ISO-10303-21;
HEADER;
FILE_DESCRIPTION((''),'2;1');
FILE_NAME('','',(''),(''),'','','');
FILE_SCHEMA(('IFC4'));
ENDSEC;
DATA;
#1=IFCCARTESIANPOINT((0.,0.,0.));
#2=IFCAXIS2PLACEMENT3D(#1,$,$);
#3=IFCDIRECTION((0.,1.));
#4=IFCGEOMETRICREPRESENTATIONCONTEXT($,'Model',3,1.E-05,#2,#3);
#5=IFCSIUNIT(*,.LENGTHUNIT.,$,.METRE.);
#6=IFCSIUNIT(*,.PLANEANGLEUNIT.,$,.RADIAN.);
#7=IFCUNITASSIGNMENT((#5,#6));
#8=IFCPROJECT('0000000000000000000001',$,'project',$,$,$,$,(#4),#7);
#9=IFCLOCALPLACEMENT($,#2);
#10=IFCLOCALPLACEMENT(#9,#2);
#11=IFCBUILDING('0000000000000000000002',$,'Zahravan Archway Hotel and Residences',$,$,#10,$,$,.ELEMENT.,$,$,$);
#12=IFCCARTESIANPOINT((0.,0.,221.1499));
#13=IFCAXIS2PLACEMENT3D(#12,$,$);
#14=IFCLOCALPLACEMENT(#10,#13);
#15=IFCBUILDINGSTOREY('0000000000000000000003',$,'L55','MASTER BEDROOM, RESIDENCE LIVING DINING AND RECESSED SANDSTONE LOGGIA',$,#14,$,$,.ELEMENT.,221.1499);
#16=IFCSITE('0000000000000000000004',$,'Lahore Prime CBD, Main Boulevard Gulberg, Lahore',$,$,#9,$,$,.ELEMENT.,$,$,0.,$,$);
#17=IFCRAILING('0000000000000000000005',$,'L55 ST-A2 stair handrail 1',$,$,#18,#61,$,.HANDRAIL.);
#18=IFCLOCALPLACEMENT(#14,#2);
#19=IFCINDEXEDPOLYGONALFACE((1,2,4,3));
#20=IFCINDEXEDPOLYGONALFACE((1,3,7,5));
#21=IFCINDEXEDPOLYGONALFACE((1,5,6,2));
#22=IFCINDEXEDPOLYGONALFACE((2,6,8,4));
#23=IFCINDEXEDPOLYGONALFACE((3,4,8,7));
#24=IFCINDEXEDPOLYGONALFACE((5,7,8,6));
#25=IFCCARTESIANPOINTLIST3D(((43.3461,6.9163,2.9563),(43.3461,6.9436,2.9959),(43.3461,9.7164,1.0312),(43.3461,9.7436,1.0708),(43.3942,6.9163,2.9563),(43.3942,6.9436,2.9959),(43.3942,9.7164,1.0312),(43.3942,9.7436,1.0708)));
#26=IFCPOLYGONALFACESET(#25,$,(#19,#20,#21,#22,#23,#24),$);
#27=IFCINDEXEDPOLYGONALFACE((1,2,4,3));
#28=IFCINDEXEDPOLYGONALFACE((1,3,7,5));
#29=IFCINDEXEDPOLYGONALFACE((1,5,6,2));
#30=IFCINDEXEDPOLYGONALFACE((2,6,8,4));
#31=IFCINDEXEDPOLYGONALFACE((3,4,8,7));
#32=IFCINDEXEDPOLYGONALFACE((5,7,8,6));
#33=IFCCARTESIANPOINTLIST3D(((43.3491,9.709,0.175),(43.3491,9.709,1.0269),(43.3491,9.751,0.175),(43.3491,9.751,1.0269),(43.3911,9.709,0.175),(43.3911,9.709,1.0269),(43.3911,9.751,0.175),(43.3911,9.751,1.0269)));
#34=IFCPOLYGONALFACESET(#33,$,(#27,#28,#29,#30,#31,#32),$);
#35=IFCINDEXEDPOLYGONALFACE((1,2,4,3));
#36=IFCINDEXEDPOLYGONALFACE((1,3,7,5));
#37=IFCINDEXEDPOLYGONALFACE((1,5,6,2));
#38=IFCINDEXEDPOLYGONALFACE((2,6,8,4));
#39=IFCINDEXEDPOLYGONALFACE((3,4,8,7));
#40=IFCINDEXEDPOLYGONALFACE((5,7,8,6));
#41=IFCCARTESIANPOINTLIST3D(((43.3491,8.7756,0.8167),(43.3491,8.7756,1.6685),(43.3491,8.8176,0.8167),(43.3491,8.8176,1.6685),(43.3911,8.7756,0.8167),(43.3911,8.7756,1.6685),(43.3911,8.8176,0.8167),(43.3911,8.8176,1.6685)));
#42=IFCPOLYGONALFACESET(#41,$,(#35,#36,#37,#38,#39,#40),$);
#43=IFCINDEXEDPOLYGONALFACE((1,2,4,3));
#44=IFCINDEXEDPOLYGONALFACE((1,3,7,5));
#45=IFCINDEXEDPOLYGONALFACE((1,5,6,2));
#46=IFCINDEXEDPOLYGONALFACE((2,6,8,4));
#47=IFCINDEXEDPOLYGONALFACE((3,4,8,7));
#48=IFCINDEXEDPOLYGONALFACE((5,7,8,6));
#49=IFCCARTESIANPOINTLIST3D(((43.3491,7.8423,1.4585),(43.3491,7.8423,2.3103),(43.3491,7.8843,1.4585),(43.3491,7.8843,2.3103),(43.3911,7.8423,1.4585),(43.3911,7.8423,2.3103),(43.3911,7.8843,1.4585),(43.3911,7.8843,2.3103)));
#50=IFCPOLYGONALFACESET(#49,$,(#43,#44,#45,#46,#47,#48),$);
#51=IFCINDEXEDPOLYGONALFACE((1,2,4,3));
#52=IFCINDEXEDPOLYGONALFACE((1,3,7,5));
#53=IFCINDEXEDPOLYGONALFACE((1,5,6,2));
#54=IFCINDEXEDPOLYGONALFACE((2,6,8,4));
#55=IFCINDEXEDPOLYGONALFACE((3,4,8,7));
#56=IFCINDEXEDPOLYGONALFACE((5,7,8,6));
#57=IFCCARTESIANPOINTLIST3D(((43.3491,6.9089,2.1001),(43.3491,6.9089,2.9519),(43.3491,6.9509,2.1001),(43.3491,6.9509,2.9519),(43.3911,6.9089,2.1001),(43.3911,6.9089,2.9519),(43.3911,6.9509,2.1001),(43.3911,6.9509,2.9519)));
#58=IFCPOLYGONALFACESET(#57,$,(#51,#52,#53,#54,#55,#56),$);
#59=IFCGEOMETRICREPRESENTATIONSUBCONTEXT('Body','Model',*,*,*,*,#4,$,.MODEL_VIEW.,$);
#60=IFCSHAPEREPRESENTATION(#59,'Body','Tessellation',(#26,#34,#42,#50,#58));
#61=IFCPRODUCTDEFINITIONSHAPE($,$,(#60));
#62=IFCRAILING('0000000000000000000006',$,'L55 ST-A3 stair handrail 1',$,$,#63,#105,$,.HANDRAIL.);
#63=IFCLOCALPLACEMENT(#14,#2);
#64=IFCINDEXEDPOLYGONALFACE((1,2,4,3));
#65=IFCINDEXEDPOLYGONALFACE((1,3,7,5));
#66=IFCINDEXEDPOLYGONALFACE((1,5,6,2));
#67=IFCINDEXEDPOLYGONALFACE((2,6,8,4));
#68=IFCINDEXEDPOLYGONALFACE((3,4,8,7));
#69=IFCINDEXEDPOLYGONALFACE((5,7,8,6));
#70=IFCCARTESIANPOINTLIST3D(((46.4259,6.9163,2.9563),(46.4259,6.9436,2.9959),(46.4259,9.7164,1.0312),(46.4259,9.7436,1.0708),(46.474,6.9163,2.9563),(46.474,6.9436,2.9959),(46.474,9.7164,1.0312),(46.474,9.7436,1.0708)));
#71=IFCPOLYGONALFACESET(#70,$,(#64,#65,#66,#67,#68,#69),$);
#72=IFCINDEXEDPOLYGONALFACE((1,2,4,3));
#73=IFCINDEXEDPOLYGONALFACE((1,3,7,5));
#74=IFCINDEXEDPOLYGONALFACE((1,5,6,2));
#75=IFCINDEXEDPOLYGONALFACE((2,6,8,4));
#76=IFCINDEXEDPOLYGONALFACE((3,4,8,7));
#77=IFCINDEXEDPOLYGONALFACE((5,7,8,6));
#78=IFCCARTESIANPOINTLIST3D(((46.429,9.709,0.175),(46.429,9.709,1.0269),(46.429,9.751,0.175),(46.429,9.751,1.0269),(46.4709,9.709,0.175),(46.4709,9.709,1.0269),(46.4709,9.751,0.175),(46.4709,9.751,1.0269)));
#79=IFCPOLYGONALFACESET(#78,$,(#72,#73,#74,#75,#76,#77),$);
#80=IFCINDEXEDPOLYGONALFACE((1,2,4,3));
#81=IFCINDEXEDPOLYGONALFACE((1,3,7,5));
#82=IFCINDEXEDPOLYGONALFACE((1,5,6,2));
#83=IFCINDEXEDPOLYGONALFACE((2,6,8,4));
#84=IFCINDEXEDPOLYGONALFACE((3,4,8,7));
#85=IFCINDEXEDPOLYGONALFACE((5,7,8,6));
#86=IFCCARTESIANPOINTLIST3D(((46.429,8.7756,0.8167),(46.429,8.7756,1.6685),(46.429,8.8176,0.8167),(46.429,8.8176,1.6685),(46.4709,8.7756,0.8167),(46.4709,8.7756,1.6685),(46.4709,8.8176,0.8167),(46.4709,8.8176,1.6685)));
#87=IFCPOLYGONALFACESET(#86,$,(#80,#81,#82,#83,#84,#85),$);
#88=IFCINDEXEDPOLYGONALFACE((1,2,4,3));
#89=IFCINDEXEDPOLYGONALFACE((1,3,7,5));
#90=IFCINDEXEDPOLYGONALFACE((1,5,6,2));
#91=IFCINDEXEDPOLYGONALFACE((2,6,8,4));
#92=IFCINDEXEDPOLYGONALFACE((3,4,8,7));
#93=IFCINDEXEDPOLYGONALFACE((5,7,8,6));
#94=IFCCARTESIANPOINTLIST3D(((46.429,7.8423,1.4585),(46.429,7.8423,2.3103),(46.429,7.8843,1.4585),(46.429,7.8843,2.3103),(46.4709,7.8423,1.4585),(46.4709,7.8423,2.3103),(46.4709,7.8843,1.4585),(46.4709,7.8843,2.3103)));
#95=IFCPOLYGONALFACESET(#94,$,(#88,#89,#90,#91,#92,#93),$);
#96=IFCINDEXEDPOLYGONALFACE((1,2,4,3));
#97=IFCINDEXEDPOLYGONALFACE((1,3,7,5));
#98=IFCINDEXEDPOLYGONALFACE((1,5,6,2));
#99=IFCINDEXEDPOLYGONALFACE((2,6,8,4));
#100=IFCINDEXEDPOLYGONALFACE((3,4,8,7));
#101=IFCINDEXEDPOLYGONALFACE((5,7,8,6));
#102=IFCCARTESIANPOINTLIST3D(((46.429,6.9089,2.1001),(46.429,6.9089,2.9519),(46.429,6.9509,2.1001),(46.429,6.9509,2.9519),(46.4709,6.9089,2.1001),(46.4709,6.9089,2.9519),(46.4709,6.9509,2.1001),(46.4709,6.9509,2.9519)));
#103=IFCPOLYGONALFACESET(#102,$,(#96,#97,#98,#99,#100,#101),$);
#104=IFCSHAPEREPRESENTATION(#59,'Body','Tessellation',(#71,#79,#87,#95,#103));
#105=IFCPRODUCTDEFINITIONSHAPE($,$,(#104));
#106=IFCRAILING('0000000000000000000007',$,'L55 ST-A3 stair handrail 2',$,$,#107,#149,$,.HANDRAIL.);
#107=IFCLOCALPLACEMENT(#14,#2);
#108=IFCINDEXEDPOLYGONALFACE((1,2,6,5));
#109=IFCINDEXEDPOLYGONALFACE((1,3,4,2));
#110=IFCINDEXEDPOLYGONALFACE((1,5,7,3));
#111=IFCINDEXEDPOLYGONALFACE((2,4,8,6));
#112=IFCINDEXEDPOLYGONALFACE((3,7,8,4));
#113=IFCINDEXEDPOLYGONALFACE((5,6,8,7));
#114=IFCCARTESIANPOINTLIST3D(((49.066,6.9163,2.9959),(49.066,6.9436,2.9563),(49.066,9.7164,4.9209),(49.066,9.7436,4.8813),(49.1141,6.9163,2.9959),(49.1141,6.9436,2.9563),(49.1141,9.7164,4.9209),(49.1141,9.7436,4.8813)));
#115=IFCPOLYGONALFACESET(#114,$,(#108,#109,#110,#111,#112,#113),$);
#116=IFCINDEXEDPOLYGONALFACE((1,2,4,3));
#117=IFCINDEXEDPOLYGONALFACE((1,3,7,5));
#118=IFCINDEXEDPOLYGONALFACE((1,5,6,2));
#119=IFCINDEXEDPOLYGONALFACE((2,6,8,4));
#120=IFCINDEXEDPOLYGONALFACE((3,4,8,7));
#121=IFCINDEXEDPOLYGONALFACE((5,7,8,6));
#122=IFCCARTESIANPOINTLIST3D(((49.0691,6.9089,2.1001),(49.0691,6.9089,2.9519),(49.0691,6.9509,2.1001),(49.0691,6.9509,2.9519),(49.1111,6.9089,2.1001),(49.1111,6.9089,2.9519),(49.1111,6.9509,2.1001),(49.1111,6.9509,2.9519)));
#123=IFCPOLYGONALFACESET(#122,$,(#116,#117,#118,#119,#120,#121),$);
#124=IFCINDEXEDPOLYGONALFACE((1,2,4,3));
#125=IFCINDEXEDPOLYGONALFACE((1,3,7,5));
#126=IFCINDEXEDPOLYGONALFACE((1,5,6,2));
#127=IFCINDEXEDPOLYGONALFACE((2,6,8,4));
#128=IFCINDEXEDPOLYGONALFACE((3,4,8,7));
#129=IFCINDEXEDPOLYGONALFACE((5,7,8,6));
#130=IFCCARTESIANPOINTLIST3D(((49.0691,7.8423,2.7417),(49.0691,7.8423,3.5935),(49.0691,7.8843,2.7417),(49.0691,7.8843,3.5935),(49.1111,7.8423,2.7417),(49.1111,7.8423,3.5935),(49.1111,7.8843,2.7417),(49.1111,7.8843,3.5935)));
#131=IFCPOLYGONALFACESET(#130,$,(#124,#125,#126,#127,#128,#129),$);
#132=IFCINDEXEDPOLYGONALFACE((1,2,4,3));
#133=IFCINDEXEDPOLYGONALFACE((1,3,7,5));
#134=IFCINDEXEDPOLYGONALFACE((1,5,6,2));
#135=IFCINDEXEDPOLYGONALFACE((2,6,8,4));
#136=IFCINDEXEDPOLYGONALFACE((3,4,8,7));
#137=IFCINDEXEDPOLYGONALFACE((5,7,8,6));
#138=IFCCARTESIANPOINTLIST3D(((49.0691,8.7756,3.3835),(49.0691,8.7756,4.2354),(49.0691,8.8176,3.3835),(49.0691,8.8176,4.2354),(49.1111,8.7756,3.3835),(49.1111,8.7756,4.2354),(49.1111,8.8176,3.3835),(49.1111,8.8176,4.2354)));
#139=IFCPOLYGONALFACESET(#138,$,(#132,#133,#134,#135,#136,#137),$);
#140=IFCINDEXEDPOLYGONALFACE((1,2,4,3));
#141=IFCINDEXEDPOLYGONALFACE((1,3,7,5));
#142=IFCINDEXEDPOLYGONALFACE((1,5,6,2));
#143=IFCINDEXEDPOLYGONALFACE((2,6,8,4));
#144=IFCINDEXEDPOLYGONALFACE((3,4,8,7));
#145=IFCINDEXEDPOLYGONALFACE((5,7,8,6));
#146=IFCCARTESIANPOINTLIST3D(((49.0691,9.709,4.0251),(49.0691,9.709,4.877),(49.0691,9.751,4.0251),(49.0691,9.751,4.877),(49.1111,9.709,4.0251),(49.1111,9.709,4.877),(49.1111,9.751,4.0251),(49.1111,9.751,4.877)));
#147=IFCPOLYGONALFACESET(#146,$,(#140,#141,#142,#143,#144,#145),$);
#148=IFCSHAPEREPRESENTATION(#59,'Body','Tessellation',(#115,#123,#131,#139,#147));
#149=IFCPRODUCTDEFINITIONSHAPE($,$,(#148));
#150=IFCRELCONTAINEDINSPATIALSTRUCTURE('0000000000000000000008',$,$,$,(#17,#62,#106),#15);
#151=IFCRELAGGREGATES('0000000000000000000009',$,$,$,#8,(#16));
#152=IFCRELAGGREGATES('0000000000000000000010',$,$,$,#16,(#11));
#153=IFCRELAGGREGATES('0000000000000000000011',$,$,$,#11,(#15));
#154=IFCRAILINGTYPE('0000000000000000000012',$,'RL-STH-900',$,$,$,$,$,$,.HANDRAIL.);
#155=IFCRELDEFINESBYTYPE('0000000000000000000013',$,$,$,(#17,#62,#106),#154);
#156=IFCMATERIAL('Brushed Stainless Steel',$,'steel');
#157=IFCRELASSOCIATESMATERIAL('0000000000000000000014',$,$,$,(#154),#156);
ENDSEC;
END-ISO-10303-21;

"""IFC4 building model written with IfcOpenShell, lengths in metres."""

from ifc_helpers import new_model, si_unit, direction, frame, origin, origin_2d, place, context, subcontext, project, spatial, rectangle, extrude, material, type_object, element, save


model = new_model("IFC4")

# Units and contexts
model_context = context("Model", 3, precision=1e-05, world=origin(), true_north=direction((0.0, 1.0)))
body_context = subcontext(model_context, "Body", "Model", "MODEL_VIEW")
ifc_project = project(units=[si_unit("LENGTHUNIT", "METRE"), si_unit("PLANEANGLEUNIT", "RADIAN")], contexts=[model_context])

# Site, building, storey
site_placement = place(None, origin())
site = spatial("IfcSite", under=ifc_project, at=site_placement, Name="Lahore Prime CBD, Main Boulevard Gulberg, Lahore", CompositionType="ELEMENT", RefElevation=0.0)
building_placement = place(site_placement, origin())
building = spatial("IfcBuilding", under=site, at=building_placement, Name="Zahravan Archway Hotel and Residences", CompositionType="ELEMENT")
storey_placement = place(building_placement, frame((0.0, 0.0, 221.1499)))
storey = spatial("IfcBuildingStorey", under=building, at=storey_placement, Name="L55", Description="MASTER BEDROOM, RESIDENCE LIVING DINING AND RECESSED SANDSTONE LOGGIA", CompositionType="ELEMENT", Elevation=221.1499)

# Railings
ifc_material_1 = material(Name="Brushed Stainless Steel", Category="steel")
railing_type_1 = type_object("IfcRailingType", Name="RL-STH-900", PredefinedType="HANDRAIL", material=ifc_material_1)
for number, where, name in (
    (1, (43.3701, 9.73, 0.175), "L55 ST-A2 stair handrail 1"),
    (2, (46.45, 9.73, 0.175), "L55 ST-A3 stair handrail 1"),
):
    element("IfcRailing", number, at=place(storey_placement, frame(where)), inside=storey, type_object=railing_type_1, Name=name, PredefinedType="HANDRAIL", context=body_context, shape_type="SweptSolid", body=[
        extrude(rectangle(XDim=0.0481, YDim=0.0481, at=origin_2d()), frame((0.0, 0.0, 0.876), z_axis=(0.0, -0.82404, 0.566532), x_axis=(1.0, 0.0, 0.0)), (0.0, 0.0, 1.0), 3.3979),
        extrude(rectangle(XDim=0.042, YDim=0.042, at=origin_2d()), origin(), (0.0, 0.0, 1.0), 0.8518),
        extrude(rectangle(XDim=0.042, YDim=0.042, at=origin_2d()), frame((0.0, -0.9333, 0.6416)), (0.0, 0.0, 1.0), 0.8518),
        extrude(rectangle(XDim=0.042, YDim=0.042, at=origin_2d()), frame((0.0, -1.8667, 1.2834)), (0.0, 0.0, 1.0), 0.8518),
        extrude(rectangle(XDim=0.042, YDim=0.042, at=origin_2d()), frame((0.0, -2.8, 1.925)), (0.0, 0.0, 1.0), 0.8518),
    ])
railing_1_placement = place(storey_placement, frame((49.0901, 6.9299, 2.1001)))
element("IfcRailing", 3, at=railing_1_placement, inside=storey, type_object=railing_type_1, Name="L55 ST-A3 stair handrail 2", PredefinedType="HANDRAIL", context=body_context, shape_type="SweptSolid", body=[
    extrude(rectangle(XDim=0.0481, YDim=0.0481, at=origin_2d()), frame((0.0, 0.0, 0.876), z_axis=(0.0, 0.82404, 0.566532), x_axis=(-1.0, 0.0, 0.0)), (0.0, 0.0, 1.0), 3.3979),
    extrude(rectangle(XDim=0.042, YDim=0.042, at=origin_2d()), origin(), (0.0, 0.0, 1.0), 0.8518),
    extrude(rectangle(XDim=0.042, YDim=0.042, at=origin_2d()), frame((0.0, 0.9333, 0.6416)), (0.0, 0.0, 1.0), 0.8518),
    extrude(rectangle(XDim=0.042, YDim=0.042, at=origin_2d()), frame((0.0, 1.8667, 1.2834)), (0.0, 0.0, 1.0), 0.8518),
    extrude(rectangle(XDim=0.042, YDim=0.042, at=origin_2d()), frame((0.0, 2.8, 1.925)), (0.0, 0.0, 1.0), 0.8518),
])

save(model, "model.ifc")
